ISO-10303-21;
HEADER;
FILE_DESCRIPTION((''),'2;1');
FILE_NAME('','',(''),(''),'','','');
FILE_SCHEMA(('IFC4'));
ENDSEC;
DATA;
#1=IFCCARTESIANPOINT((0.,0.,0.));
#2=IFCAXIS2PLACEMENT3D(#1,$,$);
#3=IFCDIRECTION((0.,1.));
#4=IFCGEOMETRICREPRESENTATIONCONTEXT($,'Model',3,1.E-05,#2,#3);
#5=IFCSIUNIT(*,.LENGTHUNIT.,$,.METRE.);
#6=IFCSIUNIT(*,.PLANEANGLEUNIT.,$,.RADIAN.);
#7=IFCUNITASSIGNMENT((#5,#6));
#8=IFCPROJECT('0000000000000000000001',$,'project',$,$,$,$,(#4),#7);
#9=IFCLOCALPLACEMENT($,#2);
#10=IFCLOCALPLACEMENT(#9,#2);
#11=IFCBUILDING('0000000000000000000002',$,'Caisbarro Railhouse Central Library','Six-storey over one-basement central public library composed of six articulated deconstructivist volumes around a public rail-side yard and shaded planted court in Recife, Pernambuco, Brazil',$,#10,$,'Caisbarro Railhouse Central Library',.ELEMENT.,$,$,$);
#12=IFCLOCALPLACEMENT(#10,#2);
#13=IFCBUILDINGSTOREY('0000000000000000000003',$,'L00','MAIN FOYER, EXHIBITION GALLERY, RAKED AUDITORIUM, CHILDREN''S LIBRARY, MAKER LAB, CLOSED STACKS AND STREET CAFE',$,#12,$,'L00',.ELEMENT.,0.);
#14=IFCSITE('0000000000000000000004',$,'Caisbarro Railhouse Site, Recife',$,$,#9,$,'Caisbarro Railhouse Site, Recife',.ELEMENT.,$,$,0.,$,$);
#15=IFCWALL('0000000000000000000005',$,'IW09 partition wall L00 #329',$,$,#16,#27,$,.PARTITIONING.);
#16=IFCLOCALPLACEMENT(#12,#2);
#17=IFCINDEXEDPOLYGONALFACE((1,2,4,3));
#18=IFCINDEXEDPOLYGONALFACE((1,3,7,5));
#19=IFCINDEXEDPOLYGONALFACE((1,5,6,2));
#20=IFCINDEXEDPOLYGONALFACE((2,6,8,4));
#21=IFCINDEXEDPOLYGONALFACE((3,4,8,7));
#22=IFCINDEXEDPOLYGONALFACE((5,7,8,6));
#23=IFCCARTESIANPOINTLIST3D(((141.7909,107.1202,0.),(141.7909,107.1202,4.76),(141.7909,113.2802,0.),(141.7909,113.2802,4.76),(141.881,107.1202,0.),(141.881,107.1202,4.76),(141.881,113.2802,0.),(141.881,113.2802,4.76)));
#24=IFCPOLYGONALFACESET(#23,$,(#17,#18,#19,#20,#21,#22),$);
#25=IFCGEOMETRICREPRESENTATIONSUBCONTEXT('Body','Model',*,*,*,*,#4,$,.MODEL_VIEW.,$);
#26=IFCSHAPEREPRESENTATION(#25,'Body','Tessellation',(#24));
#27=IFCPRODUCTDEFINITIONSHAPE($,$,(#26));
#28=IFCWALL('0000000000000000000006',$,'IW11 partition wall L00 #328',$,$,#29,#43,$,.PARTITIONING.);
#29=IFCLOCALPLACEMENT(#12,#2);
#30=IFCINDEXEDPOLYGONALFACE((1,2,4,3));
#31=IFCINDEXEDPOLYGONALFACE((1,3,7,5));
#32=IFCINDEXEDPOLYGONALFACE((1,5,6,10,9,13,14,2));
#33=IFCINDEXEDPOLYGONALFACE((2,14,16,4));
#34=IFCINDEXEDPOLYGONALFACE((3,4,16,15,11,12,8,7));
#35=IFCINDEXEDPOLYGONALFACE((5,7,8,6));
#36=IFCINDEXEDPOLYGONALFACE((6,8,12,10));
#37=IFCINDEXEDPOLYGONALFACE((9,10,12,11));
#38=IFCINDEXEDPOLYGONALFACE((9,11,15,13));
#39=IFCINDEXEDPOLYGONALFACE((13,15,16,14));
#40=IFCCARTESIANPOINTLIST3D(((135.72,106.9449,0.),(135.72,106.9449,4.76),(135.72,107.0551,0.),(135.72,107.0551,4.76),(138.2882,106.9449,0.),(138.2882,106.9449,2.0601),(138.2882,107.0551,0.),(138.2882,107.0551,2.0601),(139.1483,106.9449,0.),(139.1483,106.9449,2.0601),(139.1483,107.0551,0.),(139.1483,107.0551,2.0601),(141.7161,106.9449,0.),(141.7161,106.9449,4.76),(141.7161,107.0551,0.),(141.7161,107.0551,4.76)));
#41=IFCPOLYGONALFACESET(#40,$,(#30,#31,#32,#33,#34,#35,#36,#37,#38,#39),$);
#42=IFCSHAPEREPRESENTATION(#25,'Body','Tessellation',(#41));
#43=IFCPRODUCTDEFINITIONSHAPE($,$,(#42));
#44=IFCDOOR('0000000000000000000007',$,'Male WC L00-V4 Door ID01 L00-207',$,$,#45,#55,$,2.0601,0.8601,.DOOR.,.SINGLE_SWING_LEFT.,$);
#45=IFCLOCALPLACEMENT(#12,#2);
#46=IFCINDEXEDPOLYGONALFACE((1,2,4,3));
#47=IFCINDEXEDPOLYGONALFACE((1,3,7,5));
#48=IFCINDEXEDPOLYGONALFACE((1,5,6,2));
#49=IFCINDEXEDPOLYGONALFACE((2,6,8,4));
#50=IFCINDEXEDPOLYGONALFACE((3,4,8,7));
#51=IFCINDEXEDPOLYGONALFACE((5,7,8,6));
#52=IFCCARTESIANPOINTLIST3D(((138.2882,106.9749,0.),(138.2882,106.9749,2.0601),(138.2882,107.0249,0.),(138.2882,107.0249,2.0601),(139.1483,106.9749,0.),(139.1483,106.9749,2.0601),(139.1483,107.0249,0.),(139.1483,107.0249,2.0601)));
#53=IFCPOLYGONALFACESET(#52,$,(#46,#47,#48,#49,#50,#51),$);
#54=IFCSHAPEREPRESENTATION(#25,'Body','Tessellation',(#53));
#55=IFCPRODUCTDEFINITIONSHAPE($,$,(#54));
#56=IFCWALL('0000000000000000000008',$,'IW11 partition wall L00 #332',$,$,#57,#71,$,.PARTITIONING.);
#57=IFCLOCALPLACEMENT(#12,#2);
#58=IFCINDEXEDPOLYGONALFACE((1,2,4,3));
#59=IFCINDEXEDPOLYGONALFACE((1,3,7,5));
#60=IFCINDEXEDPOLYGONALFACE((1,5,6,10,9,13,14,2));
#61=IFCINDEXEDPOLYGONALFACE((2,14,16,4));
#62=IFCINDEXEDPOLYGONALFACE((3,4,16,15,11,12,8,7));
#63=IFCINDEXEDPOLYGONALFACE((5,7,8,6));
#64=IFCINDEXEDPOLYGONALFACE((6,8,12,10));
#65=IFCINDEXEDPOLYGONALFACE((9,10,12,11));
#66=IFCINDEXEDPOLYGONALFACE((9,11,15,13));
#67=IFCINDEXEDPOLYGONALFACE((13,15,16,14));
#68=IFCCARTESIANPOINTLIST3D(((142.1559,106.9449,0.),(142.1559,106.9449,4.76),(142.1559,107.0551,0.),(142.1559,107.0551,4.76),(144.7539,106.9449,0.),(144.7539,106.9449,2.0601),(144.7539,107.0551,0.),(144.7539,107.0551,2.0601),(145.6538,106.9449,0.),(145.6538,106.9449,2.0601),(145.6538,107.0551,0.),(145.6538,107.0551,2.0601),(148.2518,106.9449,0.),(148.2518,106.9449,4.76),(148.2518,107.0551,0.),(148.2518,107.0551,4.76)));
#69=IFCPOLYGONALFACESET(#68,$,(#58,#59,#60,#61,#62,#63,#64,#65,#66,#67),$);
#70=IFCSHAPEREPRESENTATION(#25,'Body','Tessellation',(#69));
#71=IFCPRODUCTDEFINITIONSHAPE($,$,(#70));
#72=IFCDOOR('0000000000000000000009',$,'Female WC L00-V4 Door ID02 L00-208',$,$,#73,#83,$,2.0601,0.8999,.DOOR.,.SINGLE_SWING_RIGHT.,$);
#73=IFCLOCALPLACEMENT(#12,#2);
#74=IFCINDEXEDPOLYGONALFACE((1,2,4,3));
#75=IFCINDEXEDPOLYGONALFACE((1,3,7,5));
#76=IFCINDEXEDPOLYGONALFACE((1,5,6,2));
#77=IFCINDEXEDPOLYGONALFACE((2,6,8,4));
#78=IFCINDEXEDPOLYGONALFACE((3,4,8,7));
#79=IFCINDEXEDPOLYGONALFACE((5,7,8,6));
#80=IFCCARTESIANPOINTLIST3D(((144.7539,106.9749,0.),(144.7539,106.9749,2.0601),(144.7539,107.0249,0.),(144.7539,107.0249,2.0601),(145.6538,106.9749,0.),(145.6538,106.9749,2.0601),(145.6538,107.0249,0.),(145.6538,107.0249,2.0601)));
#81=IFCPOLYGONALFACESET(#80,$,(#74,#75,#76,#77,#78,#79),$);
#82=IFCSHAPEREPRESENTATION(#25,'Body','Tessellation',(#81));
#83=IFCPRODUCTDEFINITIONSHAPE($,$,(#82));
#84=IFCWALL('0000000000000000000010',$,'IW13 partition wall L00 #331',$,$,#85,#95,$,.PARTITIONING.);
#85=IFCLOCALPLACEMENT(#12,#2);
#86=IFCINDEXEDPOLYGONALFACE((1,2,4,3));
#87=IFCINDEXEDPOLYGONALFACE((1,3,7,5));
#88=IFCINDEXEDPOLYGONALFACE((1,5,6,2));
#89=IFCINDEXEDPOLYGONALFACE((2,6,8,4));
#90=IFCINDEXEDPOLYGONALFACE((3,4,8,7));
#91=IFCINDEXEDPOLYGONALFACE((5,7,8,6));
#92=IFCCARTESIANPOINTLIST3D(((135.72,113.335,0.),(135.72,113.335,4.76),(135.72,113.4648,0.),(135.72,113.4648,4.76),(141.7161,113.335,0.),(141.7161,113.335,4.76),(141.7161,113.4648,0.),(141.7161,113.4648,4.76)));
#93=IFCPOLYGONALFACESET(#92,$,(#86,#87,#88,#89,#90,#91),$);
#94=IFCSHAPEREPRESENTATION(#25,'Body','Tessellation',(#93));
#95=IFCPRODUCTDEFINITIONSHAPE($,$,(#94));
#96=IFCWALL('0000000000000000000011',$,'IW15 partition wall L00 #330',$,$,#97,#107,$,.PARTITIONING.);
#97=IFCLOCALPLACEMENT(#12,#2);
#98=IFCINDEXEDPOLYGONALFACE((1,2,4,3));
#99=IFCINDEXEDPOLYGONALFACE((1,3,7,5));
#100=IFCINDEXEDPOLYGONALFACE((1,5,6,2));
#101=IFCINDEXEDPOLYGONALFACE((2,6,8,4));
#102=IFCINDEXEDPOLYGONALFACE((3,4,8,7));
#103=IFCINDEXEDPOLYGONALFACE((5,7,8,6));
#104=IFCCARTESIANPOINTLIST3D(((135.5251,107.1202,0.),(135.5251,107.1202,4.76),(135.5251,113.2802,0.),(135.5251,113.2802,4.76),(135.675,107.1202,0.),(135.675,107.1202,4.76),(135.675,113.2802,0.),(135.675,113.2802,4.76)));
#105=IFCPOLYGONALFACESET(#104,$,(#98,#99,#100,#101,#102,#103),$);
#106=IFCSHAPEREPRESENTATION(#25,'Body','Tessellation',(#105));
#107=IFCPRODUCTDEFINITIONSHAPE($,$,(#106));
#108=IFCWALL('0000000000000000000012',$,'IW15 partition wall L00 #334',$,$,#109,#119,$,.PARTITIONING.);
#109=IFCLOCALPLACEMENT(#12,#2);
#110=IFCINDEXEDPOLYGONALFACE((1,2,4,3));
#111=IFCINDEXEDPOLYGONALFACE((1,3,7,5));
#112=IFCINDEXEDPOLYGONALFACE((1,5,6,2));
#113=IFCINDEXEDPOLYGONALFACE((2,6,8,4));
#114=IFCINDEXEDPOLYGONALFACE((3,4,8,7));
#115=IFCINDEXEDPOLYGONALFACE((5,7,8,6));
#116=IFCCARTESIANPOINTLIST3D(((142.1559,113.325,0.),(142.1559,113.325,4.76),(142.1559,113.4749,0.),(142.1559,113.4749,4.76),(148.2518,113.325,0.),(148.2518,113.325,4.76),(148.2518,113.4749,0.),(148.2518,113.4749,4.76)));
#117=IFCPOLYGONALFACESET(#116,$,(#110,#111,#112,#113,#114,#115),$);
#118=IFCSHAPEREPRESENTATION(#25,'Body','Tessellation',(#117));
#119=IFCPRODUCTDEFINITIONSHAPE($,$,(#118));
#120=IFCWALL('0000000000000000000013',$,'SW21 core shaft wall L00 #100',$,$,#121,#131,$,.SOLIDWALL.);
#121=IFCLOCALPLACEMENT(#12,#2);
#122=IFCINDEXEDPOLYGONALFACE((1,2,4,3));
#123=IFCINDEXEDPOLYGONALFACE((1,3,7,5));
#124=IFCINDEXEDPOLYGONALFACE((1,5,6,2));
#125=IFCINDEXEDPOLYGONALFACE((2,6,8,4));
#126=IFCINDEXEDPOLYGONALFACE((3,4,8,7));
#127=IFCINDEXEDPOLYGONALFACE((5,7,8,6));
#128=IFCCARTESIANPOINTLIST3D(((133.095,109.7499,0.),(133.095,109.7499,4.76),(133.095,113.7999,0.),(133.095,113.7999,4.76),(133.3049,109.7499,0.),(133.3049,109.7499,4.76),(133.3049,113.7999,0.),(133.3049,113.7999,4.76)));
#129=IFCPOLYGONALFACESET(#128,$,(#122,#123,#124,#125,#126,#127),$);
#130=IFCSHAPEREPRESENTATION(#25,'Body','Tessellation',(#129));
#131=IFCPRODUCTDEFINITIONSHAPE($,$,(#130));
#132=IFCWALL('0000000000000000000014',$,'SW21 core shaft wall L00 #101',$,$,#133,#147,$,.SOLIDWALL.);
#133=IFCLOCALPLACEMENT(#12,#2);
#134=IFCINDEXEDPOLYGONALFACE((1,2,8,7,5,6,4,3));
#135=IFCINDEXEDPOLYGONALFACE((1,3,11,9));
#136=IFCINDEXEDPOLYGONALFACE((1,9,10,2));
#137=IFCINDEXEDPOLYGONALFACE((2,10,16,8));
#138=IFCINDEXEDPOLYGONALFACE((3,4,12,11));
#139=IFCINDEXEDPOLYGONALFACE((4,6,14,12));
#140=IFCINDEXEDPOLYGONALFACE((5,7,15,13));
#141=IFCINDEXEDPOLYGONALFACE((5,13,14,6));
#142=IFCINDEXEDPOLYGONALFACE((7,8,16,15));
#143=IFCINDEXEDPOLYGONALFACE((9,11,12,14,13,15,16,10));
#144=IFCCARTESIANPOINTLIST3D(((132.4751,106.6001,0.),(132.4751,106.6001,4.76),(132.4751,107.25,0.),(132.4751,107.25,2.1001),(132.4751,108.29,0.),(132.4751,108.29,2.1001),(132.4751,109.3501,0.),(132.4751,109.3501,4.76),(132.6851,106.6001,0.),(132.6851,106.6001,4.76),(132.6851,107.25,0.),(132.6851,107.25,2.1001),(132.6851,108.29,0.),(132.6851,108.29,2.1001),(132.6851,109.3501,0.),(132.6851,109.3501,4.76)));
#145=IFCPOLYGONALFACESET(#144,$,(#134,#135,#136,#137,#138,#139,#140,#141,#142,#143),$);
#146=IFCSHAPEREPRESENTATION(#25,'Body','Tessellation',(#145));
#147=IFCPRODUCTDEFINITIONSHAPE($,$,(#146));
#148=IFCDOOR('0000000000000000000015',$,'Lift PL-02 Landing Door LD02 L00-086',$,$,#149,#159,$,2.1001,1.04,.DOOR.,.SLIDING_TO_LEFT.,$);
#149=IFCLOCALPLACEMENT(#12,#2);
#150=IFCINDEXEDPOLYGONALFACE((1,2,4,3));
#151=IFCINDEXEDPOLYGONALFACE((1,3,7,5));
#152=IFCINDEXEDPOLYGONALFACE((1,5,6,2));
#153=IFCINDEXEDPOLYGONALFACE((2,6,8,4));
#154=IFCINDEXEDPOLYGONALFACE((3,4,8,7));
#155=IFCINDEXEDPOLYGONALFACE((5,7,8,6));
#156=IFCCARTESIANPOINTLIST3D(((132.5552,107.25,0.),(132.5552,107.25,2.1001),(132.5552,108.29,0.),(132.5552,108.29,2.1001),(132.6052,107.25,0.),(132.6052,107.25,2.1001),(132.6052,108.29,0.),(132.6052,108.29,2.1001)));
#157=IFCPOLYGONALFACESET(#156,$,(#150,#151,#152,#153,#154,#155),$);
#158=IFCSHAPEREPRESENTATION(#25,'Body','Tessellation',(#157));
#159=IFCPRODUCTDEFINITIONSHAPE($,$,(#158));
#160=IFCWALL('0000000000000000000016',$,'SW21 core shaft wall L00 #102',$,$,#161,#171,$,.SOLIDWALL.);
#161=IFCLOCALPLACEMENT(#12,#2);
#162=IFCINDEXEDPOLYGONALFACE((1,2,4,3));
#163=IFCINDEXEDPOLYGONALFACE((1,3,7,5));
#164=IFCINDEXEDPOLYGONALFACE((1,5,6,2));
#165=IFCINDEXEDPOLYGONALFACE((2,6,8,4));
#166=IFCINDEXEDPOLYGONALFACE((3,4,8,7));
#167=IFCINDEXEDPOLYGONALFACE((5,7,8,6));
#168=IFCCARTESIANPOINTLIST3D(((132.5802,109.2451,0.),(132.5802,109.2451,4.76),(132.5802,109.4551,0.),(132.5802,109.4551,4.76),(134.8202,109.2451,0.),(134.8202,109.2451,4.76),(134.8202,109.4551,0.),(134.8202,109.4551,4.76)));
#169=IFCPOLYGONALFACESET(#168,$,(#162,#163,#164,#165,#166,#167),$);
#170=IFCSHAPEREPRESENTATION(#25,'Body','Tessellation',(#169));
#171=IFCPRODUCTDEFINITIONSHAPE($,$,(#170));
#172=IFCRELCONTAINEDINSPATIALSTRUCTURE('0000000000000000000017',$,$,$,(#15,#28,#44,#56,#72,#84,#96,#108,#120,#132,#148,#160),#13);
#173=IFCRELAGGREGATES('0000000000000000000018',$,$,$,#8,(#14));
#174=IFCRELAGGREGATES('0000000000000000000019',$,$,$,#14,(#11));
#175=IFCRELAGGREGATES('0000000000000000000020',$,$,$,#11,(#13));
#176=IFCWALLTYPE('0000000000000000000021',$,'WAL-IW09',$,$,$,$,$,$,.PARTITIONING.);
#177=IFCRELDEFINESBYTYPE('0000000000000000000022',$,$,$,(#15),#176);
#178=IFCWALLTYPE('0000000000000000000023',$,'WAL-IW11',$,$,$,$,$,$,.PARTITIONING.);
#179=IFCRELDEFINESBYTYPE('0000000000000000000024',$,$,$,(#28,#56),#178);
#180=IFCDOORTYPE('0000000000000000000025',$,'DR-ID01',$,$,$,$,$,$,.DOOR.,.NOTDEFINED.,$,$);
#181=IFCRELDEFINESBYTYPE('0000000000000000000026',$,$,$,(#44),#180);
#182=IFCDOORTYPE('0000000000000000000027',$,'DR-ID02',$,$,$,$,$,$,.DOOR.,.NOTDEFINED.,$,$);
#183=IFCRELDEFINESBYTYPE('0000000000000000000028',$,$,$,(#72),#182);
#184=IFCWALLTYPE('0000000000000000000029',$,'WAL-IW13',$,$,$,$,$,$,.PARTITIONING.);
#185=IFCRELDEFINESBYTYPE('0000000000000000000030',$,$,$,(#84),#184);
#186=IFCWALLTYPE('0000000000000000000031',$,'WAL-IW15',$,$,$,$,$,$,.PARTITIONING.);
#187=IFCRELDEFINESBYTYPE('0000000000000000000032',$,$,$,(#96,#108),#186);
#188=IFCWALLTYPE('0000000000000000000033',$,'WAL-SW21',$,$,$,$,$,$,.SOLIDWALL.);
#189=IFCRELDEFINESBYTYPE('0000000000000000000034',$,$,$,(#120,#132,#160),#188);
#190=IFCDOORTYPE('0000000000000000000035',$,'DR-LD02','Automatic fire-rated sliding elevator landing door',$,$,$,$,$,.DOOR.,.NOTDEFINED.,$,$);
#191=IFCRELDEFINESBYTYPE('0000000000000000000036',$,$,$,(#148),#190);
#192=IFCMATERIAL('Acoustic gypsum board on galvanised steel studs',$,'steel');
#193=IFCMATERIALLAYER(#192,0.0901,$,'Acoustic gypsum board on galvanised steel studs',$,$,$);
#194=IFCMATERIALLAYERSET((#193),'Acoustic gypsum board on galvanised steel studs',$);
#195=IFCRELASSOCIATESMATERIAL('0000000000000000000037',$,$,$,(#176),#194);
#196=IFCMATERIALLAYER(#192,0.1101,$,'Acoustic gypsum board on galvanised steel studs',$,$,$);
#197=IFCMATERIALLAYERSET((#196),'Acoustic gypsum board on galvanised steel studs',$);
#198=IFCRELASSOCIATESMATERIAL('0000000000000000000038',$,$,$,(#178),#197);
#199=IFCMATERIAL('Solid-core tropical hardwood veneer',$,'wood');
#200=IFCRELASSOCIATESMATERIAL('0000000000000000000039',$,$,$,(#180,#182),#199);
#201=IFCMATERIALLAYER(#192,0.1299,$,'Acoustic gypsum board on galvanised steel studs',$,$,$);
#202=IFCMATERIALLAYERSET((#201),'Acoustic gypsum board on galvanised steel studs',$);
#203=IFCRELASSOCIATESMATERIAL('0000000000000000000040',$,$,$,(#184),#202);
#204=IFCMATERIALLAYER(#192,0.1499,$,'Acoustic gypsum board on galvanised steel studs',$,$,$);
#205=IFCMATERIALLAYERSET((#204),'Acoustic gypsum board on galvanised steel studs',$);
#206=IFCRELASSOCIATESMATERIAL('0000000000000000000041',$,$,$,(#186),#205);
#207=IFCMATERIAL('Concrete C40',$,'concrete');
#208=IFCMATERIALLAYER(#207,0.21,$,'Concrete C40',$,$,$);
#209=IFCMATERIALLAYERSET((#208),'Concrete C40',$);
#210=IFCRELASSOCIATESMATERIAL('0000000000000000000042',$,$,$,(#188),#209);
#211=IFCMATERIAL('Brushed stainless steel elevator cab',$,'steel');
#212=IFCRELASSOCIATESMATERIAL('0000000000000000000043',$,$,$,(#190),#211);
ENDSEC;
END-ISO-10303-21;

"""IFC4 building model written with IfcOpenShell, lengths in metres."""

from ifc_helpers import new_model, si_unit, direction, frame, frame_2d, origin, place, context, subcontext, project, spatial, rectangle, extrude, material, layer, layer_set, type_object, element, fill, save


model = new_model("IFC4")

# Units and contexts
model_context = context("Model", 3, precision=1e-05, world=origin(), true_north=direction((0.0, 1.0)))
body_context = subcontext(model_context, "Body", "Model", "MODEL_VIEW")
ifc_project = project(units=[si_unit("LENGTHUNIT", "METRE"), si_unit("PLANEANGLEUNIT", "RADIAN")], contexts=[model_context])

# Site, building, storey
site_placement = place(None, origin())
site = spatial("IfcSite", under=ifc_project, at=site_placement, Name="Caisbarro Railhouse Site, Recife", LongName="Caisbarro Railhouse Site, Recife", CompositionType="ELEMENT", RefElevation=0.0)
building_placement = place(site_placement, origin())
building = spatial("IfcBuilding", under=site, at=building_placement, Name="Caisbarro Railhouse Central Library", Description="Six-storey over one-basement central public library composed of six articulated deconstructivist volumes around a public rail-side yard and shaded planted court in Recife, Pernambuco, Brazil", LongName="Caisbarro Railhouse Central Library", CompositionType="ELEMENT")
storey_placement = place(building_placement, origin())
storey = spatial("IfcBuildingStorey", under=building, at=storey_placement, Name="L00", Description="MAIN FOYER, EXHIBITION GALLERY, RAKED AUDITORIUM, CHILDREN'S LIBRARY, MAKER LAB, CLOSED STACKS AND STREET CAFE", LongName="L00", CompositionType="ELEMENT", Elevation=0.0)

# Shared definitions
ifc_material_1 = material(Name="Concrete C40", Category="concrete")

# Wall
ifc_material_2 = material(Name="Acoustic gypsum board on galvanised steel studs", Category="steel")
ifc_layer_1 = layer(ifc_material_2, 0.0901, Name="Acoustic gypsum board on galvanised steel studs")
ifc_layer_set_1 = layer_set([ifc_layer_1], Name="Acoustic gypsum board on galvanised steel studs")
wall_type_1 = type_object("IfcWallType", Name="WAL-IW09", PredefinedType="PARTITIONING", material=ifc_layer_set_1)
wall_1_placement = place(storey_placement, frame((141.8359, 107.1201, 0.0), z_axis=(0.0, 0.0, 1.0), x_axis=(0.0, 1.0, 0.0)))
element("IfcWall", 1, at=wall_1_placement, inside=storey, type_object=wall_type_1, Name="IW09 partition wall L00 #329", PredefinedType="PARTITIONING", context=body_context, shape_type="SweptSolid", body=[
    extrude(rectangle(XDim=6.1599, YDim=0.0901, at=frame_2d((3.0801, 0.0))), origin(), (0.0, 0.0, 1.0), 4.76),
])

# Walls, openings, doors
ifc_layer_2 = layer(ifc_material_2, 0.1101, Name="Acoustic gypsum board on galvanised steel studs")
ifc_layer_set_2 = layer_set([ifc_layer_2], Name="Acoustic gypsum board on galvanised steel studs")
wall_type_2 = type_object("IfcWallType", Name="WAL-IW11", PredefinedType="PARTITIONING", material=ifc_layer_set_2)
wall_2_placement = place(storey_placement, frame((135.72, 107.0, 0.0), z_axis=(0.0, 0.0, 1.0), x_axis=(1.0, 0.0, 0.0)))
wall_2 = element("IfcWall", 2, at=wall_2_placement, inside=storey, type_object=wall_type_2, Name="IW11 partition wall L00 #328", PredefinedType="PARTITIONING", context=body_context, shape_type="SweptSolid", body=[
    extrude(rectangle(XDim=5.9961, YDim=0.1101, at=frame_2d((2.998, 0.0))), origin(), (0.0, 0.0, 1.0), 4.76),
])
opening_1_placement = place(wall_2_placement, frame((2.5681, 0.0, 0.0)))
opening_1 = element("IfcOpeningElement", 3, at=opening_1_placement, cuts=wall_2, PredefinedType="OPENING", context=body_context, shape_type="SweptSolid", body=[
    extrude(rectangle(XDim=0.8601, YDim=2.0601, at=frame_2d((0.4302, 1.03))), frame((0.0, 0.0649, 0.0), z_axis=(0.0, -1.0, 0.0), x_axis=(1.0, 0.0, 0.0)), (0.0, 0.0, 1.0), 0.1301),
])
ifc_material_3 = material(Name="Solid-core tropical hardwood veneer", Category="wood")
door_type_1 = type_object("IfcDoorType", Name="DR-ID01", OperationType="NOTDEFINED", PredefinedType="DOOR", material=ifc_material_3)
door_1_placement = place(opening_1_placement, origin())
door_1 = element("IfcDoor", 4, at=door_1_placement, inside=storey, type_object=door_type_1, Name="Male WC L00-V4 Door ID01 L00-207", OperationType="SINGLE_SWING_LEFT", OverallHeight=2.0601, OverallWidth=0.8601, PredefinedType="DOOR", context=body_context, shape_type="SweptSolid", body=[
    extrude(rectangle(XDim=0.8601, YDim=2.0601, at=frame_2d((0.4302, 1.03))), frame((0.0, 0.0249, 0.0), z_axis=(0.0, -1.0, 0.0), x_axis=(1.0, 0.0, 0.0)), (0.0, 0.0, 1.0), 0.05),
])
fill(opening_1, door_1)
wall_3_placement = place(storey_placement, frame((142.156, 107.0, 0.0), z_axis=(0.0, 0.0, 1.0), x_axis=(1.0, 0.0, 0.0)))
wall_3 = element("IfcWall", 5, at=wall_3_placement, inside=storey, type_object=wall_type_2, Name="IW11 partition wall L00 #332", PredefinedType="PARTITIONING", context=body_context, shape_type="SweptSolid", body=[
    extrude(rectangle(XDim=6.0959, YDim=0.1101, at=frame_2d((3.0479, 0.0))), origin(), (0.0, 0.0, 1.0), 4.76),
])
opening_2_placement = place(wall_3_placement, frame((2.5979, 0.0, 0.0)))
opening_2 = element("IfcOpeningElement", 6, at=opening_2_placement, cuts=wall_3, PredefinedType="OPENING", context=body_context, shape_type="SweptSolid", body=[
    extrude(rectangle(XDim=0.8999, YDim=2.0601, at=frame_2d((0.45, 1.03))), frame((0.0, 0.0649, 0.0), z_axis=(0.0, -1.0, 0.0), x_axis=(1.0, 0.0, 0.0)), (0.0, 0.0, 1.0), 0.1301),
])
door_type_2 = type_object("IfcDoorType", Name="DR-ID02", OperationType="NOTDEFINED", PredefinedType="DOOR", material=ifc_material_3)
door_2_placement = place(opening_2_placement, origin())
door_2 = element("IfcDoor", 7, at=door_2_placement, inside=storey, type_object=door_type_2, Name="Female WC L00-V4 Door ID02 L00-208", OperationType="SINGLE_SWING_RIGHT", OverallHeight=2.0601, OverallWidth=0.8999, PredefinedType="DOOR", context=body_context, shape_type="SweptSolid", body=[
    extrude(rectangle(XDim=0.8999, YDim=2.0601, at=frame_2d((0.45, 1.03))), frame((0.0, 0.0249, 0.0), z_axis=(0.0, -1.0, 0.0), x_axis=(1.0, 0.0, 0.0)), (0.0, 0.0, 1.0), 0.05),
])
fill(opening_2, door_2)

# Walls
ifc_layer_3 = layer(ifc_material_2, 0.1299, Name="Acoustic gypsum board on galvanised steel studs")
ifc_layer_set_3 = layer_set([ifc_layer_3], Name="Acoustic gypsum board on galvanised steel studs")
wall_type_3 = type_object("IfcWallType", Name="WAL-IW13", PredefinedType="PARTITIONING", material=ifc_layer_set_3)
wall_4_placement = place(storey_placement, frame((135.72, 113.3999, 0.0), z_axis=(0.0, 0.0, 1.0), x_axis=(1.0, 0.0, 0.0)))
element("IfcWall", 8, at=wall_4_placement, inside=storey, type_object=wall_type_3, Name="IW13 partition wall L00 #331", PredefinedType="PARTITIONING", context=body_context, shape_type="SweptSolid", body=[
    extrude(rectangle(XDim=5.9961, YDim=0.1299, at=frame_2d((2.998, 0.0))), origin(), (0.0, 0.0, 1.0), 4.76),
])
ifc_layer_4 = layer(ifc_material_2, 0.1499, Name="Acoustic gypsum board on galvanised steel studs")
ifc_layer_set_4 = layer_set([ifc_layer_4], Name="Acoustic gypsum board on galvanised steel studs")
wall_type_4 = type_object("IfcWallType", Name="WAL-IW15", PredefinedType="PARTITIONING", material=ifc_layer_set_4)
wall_5_placement = place(storey_placement, frame((135.6001, 107.1201, 0.0), z_axis=(0.0, 0.0, 1.0), x_axis=(0.0, 1.0, 0.0)))
element("IfcWall", 9, at=wall_5_placement, inside=storey, type_object=wall_type_4, Name="IW15 partition wall L00 #330", PredefinedType="PARTITIONING", context=body_context, shape_type="SweptSolid", body=[
    extrude(rectangle(XDim=6.1599, YDim=0.1499, at=frame_2d((3.0801, 0.0))), origin(), (0.0, 0.0, 1.0), 4.76),
])
wall_6_placement = place(storey_placement, frame((142.156, 113.3999, 0.0), z_axis=(0.0, 0.0, 1.0), x_axis=(1.0, 0.0, 0.0)))
element("IfcWall", 10, at=wall_6_placement, inside=storey, type_object=wall_type_4, Name="IW15 partition wall L00 #334", PredefinedType="PARTITIONING", context=body_context, shape_type="SweptSolid", body=[
    extrude(rectangle(XDim=6.0959, YDim=0.1499, at=frame_2d((3.0479, 0.0))), origin(), (0.0, 0.0, 1.0), 4.76),
])
ifc_layer_5 = layer(ifc_material_1, 0.21, Name="Concrete C40")
ifc_layer_set_5 = layer_set([ifc_layer_5], Name="Concrete C40")
wall_type_5 = type_object("IfcWallType", Name="WAL-SW21", PredefinedType="SOLIDWALL", material=ifc_layer_set_5)
wall_7_placement = place(storey_placement, frame((133.2, 109.75, 0.0), z_axis=(0.0, 0.0, 1.0), x_axis=(0.0, 1.0, 0.0)))
element("IfcWall", 11, at=wall_7_placement, inside=storey, type_object=wall_type_5, Name="SW21 core shaft wall L00 #100", PredefinedType="SOLIDWALL", context=body_context, shape_type="SweptSolid", body=[
    extrude(rectangle(XDim=4.05, YDim=0.21, at=frame_2d((2.0249, 0.0))), origin(), (0.0, 0.0, 1.0), 4.76),
])

# Wall, opening, door
wall_8_placement = place(storey_placement, frame((132.5801, 106.6001, 0.0), z_axis=(0.0, 0.0, 1.0), x_axis=(0.0, 1.0, 0.0)))
wall_8 = element("IfcWall", 12, at=wall_8_placement, inside=storey, type_object=wall_type_5, Name="SW21 core shaft wall L00 #101", PredefinedType="SOLIDWALL", context=body_context, shape_type="SweptSolid", body=[
    extrude(rectangle(XDim=2.75, YDim=0.21, at=frame_2d((1.375, 0.0))), origin(), (0.0, 0.0, 1.0), 4.76),
])
opening_3_placement = place(wall_8_placement, frame((0.6499, 0.0, 0.0)))
opening_3 = element("IfcOpeningElement", 13, at=opening_3_placement, cuts=wall_8, PredefinedType="OPENING", context=body_context, shape_type="SweptSolid", body=[
    extrude(rectangle(XDim=1.04, YDim=2.1001, at=frame_2d((0.52, 1.05))), frame((0.0, 0.115, 0.0), z_axis=(0.0, -1.0, 0.0), x_axis=(1.0, 0.0, 0.0)), (0.0, 0.0, 1.0), 0.23),
])
ifc_material_4 = material(Name="Brushed stainless steel elevator cab", Category="steel")
door_type_3 = type_object("IfcDoorType", Name="DR-LD02", Description="Automatic fire-rated sliding elevator landing door", OperationType="NOTDEFINED", PredefinedType="DOOR", material=ifc_material_4)
door_3_placement = place(opening_3_placement, origin())
door_3 = element("IfcDoor", 14, at=door_3_placement, inside=storey, type_object=door_type_3, Name="Lift PL-02 Landing Door LD02 L00-086", OperationType="SLIDING_TO_LEFT", OverallHeight=2.1001, OverallWidth=1.04, PredefinedType="DOOR", context=body_context, shape_type="SweptSolid", body=[
    extrude(rectangle(XDim=1.04, YDim=2.1001, at=frame_2d((0.52, 1.05))), frame((0.0, 0.0249, 0.0), z_axis=(0.0, -1.0, 0.0), x_axis=(1.0, 0.0, 0.0)), (0.0, 0.0, 1.0), 0.05),
])
fill(opening_3, door_3)

# Wall
wall_9_placement = place(storey_placement, frame((132.5801, 109.3501, 0.0), z_axis=(0.0, 0.0, 1.0), x_axis=(1.0, 0.0, 0.0)))
element("IfcWall", 15, at=wall_9_placement, inside=storey, type_object=wall_type_5, Name="SW21 core shaft wall L00 #102", PredefinedType="SOLIDWALL", context=body_context, shape_type="SweptSolid", body=[
    extrude(rectangle(XDim=2.24, YDim=0.21, at=frame_2d((1.1201, 0.0))), origin(), (0.0, 0.0, 1.0), 4.76),
])

save(model, "model.ifc")
